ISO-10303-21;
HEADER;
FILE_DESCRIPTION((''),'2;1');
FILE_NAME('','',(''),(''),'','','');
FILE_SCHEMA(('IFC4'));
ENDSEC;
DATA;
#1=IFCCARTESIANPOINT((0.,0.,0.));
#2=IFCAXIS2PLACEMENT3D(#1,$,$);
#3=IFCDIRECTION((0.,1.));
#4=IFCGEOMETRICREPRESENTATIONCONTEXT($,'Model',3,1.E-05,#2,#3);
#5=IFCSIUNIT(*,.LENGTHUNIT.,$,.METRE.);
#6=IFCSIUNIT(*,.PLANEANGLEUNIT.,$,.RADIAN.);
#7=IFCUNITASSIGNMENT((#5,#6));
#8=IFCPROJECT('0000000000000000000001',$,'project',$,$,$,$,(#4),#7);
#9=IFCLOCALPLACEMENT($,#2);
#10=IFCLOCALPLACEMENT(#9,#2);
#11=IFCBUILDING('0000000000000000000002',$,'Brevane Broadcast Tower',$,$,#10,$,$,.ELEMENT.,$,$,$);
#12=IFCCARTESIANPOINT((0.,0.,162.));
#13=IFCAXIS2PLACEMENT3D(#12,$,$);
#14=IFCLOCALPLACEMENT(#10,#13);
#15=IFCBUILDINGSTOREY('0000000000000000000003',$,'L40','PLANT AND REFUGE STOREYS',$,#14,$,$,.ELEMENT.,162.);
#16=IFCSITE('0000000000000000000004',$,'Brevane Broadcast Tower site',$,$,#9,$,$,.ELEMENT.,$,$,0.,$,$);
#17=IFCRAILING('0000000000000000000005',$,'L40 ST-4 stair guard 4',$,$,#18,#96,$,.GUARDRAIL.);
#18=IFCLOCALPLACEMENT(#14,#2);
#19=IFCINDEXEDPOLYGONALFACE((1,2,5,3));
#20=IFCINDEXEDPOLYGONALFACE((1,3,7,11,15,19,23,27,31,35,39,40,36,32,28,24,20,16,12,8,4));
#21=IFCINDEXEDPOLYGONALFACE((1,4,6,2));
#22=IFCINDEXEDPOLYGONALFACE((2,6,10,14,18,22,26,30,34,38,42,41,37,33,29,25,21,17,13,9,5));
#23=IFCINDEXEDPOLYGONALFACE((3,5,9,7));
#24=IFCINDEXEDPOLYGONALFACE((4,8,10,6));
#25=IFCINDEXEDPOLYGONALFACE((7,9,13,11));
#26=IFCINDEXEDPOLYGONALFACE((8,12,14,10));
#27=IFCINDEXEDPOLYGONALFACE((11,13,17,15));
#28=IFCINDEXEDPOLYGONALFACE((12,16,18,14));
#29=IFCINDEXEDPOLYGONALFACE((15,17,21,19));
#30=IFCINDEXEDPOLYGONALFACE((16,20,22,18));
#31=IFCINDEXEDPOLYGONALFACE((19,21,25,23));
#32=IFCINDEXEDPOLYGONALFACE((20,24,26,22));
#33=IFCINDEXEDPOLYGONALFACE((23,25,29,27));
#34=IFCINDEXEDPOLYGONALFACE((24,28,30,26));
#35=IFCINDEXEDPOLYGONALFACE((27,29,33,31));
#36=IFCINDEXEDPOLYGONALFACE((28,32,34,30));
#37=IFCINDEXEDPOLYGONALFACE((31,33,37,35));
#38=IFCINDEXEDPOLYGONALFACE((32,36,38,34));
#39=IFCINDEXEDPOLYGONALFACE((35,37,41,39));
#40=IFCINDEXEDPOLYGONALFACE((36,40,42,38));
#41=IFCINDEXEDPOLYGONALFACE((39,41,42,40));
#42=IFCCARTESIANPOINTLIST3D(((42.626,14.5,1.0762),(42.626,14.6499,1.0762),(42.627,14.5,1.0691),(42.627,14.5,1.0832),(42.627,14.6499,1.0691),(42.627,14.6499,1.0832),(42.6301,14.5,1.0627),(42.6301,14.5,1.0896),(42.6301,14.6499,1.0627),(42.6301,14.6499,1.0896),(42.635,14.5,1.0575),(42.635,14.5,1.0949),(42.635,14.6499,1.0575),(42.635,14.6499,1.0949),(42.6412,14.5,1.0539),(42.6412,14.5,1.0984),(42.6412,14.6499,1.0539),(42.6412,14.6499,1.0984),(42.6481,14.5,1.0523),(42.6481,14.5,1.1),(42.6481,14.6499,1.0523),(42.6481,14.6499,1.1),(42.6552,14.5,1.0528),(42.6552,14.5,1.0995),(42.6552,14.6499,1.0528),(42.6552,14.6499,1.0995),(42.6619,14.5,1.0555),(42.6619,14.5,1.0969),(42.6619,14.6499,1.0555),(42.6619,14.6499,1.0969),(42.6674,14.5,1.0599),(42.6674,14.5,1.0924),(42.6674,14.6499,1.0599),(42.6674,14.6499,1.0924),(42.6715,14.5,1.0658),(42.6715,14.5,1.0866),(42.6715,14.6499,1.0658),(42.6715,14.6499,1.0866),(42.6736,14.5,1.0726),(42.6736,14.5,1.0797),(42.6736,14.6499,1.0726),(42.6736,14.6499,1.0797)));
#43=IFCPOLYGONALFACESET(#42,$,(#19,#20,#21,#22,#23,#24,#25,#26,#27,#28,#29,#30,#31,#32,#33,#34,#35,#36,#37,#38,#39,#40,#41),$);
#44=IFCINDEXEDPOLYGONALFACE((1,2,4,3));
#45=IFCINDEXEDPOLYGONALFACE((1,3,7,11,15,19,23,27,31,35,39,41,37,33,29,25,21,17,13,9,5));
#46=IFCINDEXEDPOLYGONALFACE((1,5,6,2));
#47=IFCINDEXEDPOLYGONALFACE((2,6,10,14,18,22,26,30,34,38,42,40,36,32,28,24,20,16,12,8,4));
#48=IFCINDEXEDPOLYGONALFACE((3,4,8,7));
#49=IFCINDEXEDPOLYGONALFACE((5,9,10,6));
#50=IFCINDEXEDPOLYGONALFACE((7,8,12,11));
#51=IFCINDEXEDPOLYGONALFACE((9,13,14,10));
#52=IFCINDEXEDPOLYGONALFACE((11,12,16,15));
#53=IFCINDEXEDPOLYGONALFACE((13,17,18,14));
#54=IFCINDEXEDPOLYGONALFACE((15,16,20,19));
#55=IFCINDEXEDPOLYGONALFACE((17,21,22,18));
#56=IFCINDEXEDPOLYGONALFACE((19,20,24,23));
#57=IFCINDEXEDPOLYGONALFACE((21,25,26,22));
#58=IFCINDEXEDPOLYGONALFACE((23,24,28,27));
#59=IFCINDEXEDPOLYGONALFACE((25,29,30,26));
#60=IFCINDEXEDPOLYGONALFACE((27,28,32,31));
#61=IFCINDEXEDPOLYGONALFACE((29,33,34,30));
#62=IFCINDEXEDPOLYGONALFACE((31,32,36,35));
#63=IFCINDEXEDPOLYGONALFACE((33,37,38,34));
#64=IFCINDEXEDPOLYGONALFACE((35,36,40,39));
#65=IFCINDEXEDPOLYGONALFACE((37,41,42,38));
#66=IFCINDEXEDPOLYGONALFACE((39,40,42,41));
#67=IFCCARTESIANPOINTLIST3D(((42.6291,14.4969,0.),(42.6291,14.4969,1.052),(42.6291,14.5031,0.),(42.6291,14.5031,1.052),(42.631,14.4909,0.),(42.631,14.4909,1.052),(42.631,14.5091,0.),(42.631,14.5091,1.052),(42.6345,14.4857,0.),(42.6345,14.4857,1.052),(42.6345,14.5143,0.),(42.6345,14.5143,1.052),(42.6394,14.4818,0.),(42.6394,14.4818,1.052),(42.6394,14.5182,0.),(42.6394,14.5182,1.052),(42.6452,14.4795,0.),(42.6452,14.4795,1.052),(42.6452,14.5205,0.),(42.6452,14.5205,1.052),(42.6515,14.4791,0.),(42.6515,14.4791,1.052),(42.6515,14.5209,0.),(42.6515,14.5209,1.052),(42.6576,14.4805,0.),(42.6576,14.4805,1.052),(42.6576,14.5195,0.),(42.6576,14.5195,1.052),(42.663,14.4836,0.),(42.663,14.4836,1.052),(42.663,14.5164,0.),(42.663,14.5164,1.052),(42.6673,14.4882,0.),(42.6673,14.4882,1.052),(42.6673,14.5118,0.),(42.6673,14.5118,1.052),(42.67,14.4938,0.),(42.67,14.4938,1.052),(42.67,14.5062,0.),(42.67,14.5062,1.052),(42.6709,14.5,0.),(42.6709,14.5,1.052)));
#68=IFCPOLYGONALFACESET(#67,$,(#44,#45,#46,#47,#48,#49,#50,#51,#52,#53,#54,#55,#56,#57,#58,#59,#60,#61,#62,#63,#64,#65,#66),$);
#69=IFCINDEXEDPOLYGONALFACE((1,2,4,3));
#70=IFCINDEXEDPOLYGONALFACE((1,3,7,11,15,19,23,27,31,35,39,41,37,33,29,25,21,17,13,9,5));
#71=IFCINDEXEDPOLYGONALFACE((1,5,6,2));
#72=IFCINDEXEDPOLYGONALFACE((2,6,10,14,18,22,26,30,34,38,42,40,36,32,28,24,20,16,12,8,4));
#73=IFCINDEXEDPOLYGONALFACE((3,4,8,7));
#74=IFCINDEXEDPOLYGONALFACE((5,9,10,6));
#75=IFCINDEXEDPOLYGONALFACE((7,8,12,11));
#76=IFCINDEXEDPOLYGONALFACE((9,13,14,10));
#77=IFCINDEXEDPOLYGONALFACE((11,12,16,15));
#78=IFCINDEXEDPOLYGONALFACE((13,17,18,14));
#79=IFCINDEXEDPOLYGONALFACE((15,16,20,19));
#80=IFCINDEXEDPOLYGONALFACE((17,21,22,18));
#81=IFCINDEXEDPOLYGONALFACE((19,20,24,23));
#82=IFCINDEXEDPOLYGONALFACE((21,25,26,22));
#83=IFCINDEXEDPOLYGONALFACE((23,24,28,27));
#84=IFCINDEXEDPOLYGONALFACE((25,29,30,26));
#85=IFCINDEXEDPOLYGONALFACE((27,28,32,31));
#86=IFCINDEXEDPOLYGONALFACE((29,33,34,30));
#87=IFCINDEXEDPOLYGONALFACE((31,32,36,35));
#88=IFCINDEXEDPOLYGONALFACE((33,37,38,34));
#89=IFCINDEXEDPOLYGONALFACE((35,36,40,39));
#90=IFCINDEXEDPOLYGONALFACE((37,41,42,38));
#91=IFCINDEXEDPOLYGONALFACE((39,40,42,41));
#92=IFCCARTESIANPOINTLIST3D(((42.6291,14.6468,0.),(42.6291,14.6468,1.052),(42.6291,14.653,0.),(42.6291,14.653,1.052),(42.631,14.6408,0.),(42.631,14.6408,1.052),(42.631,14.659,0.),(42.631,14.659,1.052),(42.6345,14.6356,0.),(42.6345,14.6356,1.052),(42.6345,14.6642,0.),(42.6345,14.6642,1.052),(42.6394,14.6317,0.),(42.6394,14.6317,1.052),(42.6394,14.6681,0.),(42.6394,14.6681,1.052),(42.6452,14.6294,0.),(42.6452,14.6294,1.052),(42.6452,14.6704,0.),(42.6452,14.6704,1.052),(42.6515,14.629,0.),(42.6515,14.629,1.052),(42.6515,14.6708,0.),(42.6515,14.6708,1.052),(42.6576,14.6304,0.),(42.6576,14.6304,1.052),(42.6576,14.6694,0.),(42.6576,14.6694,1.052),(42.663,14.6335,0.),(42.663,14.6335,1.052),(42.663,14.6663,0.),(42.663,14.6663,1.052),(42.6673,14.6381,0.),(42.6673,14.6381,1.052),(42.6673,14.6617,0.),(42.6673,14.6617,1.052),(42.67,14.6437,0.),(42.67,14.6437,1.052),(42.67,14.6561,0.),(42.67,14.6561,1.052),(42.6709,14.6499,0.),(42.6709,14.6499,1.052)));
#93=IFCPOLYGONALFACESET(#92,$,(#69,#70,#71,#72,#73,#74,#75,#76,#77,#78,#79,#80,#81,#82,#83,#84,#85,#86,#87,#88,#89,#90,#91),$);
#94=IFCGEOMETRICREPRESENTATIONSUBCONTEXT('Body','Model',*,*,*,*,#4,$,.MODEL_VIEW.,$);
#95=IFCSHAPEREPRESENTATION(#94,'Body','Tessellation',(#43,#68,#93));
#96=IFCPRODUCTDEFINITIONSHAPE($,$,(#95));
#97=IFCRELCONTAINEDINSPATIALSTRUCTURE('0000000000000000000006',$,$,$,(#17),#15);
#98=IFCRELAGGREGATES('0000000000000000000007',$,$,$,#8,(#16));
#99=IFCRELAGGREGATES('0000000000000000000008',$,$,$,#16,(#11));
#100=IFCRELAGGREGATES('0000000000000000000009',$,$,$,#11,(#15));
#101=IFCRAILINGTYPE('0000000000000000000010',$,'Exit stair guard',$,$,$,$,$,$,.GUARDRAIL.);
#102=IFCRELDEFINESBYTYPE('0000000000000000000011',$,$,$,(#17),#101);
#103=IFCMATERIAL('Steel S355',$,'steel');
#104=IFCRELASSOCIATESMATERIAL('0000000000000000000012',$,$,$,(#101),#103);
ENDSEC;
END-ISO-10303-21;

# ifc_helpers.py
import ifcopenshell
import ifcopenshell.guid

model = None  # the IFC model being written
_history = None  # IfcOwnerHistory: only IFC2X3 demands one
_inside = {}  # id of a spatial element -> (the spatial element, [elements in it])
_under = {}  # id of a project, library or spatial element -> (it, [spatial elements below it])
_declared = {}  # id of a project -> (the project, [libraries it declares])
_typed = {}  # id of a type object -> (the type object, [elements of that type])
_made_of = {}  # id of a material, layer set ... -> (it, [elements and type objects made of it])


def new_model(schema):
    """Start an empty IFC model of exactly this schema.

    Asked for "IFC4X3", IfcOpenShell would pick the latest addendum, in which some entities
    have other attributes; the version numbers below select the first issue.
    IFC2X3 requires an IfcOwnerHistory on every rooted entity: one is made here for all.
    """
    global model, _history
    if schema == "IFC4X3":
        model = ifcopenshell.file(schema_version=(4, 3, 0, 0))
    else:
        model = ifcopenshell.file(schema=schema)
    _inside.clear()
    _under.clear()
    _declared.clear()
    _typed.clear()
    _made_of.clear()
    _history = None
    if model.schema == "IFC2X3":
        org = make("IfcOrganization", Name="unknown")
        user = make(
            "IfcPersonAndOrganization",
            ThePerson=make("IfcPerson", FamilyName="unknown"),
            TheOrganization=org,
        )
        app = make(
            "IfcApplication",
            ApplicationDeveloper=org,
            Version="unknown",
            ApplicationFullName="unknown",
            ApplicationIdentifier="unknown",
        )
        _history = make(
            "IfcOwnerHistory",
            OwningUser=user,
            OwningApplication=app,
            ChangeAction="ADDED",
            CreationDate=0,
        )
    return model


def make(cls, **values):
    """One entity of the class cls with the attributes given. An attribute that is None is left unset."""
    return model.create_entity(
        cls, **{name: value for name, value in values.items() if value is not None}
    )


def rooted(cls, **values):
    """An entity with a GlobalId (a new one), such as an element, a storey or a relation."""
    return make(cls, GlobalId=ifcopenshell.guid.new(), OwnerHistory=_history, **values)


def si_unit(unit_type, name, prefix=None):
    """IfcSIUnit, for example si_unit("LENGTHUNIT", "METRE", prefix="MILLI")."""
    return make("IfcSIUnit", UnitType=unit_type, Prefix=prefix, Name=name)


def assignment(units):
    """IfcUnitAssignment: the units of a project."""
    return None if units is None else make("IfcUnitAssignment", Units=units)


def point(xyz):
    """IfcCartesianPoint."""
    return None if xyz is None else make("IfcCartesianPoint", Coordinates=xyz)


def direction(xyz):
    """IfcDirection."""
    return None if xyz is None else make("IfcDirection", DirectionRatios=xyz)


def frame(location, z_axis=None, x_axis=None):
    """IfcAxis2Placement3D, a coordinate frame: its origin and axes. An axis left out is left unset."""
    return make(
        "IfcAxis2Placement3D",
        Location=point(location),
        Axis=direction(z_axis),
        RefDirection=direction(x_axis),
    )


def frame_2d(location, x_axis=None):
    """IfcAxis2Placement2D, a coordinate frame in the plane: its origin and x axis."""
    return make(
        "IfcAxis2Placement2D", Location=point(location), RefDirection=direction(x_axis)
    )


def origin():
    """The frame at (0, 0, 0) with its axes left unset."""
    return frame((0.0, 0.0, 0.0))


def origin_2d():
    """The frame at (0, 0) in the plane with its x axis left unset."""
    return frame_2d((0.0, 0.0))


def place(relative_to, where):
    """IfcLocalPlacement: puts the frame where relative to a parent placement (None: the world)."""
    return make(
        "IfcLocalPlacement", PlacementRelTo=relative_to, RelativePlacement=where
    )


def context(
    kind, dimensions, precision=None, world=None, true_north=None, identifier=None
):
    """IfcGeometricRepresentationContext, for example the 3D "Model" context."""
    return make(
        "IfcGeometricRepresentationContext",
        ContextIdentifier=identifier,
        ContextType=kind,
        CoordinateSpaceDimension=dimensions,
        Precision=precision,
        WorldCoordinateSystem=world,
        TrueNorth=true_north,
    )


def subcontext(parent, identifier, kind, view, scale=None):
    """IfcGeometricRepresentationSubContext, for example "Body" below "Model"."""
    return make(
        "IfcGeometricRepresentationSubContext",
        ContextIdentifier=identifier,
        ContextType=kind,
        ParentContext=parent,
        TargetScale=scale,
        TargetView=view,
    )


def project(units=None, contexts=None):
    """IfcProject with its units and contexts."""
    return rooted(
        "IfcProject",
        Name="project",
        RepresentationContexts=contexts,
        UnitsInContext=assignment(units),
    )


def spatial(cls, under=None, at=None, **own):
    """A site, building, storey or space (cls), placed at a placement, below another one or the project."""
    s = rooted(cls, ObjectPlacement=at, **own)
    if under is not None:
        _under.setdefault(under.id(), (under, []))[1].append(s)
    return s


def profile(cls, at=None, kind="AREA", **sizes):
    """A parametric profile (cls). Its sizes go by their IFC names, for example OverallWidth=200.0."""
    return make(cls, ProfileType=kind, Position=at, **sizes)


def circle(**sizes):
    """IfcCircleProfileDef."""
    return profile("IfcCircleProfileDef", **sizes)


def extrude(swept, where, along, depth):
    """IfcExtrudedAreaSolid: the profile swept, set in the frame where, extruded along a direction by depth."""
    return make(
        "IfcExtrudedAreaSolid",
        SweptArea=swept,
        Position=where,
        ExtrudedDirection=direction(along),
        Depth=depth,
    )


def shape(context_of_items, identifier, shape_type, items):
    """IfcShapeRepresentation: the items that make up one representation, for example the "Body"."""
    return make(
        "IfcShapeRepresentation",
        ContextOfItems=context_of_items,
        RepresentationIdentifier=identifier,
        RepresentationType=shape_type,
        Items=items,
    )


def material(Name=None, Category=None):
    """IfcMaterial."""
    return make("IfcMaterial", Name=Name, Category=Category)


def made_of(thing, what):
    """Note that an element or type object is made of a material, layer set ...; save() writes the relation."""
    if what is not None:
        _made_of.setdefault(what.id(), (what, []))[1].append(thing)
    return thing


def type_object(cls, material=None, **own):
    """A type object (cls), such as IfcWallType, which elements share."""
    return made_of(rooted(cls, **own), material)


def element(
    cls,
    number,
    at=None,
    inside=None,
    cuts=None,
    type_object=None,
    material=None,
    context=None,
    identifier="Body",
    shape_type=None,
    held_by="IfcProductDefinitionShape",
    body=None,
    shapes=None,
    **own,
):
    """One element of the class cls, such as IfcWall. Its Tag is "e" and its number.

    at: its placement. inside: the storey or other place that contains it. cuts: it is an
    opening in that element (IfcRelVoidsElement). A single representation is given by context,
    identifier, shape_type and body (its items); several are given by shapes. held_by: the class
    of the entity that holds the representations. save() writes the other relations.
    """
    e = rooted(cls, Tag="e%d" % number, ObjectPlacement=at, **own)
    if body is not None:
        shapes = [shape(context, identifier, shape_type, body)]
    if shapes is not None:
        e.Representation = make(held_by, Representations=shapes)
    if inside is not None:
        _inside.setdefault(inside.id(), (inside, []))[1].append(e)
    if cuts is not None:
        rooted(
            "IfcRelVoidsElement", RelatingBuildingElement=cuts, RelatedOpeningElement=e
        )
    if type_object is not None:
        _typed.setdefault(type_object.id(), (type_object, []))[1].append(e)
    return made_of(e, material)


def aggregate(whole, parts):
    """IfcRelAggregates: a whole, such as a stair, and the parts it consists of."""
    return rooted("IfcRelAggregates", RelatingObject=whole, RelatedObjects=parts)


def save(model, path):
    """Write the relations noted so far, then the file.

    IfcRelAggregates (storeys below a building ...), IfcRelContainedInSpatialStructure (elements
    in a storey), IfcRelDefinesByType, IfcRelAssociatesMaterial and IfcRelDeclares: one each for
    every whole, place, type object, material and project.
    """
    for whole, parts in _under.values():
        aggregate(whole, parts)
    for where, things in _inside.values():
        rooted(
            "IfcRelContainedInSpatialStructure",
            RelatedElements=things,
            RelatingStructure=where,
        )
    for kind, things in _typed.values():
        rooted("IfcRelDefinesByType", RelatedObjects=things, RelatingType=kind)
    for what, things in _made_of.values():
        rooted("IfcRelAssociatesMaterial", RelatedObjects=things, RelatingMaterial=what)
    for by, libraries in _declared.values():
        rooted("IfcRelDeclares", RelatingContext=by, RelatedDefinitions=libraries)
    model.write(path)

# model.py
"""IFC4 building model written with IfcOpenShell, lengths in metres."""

from ifc_helpers import new_model, si_unit, direction, frame, origin, origin_2d, place, context, subcontext, project, spatial, circle, extrude, material, type_object, element, save


model = new_model("IFC4")

# Units and contexts
model_context = context("Model", 3, precision=1e-05, world=origin(), true_north=direction((0.0, 1.0)))
body_context = subcontext(model_context, "Body", "Model", "MODEL_VIEW")
ifc_project = project(units=[si_unit("LENGTHUNIT", "METRE"), si_unit("PLANEANGLEUNIT", "RADIAN")], contexts=[model_context])

# Site, building, storey
site_placement = place(None, origin())
site = spatial("IfcSite", under=ifc_project, at=site_placement, Name="Brevane Broadcast Tower site", CompositionType="ELEMENT", RefElevation=0.0)
building_placement = place(site_placement, origin())
building = spatial("IfcBuilding", under=site, at=building_placement, Name="Brevane Broadcast Tower", CompositionType="ELEMENT")
storey_placement = place(building_placement, frame((0.0, 0.0, 162.0)))
storey = spatial("IfcBuildingStorey", under=building, at=storey_placement, Name="L40", Description="PLANT AND REFUGE STOREYS", CompositionType="ELEMENT", Elevation=162.0)

# Shared definitions
ifc_material_1 = material(Name="Steel S355", Category="steel")

# Railing
railing_type_1 = type_object("IfcRailingType", Name="Exit stair guard", PredefinedType="GUARDRAIL", material=ifc_material_1)
railing_1_placement = place(storey_placement, frame((42.6499, 14.5, 0.0)))
element("IfcRailing", 1, at=railing_1_placement, inside=storey, type_object=railing_type_1, Name="L40 ST-4 stair guard 4", PredefinedType="GUARDRAIL", context=body_context, shape_type="SweptSolid", body=[
    extrude(circle(Radius=0.0239, at=origin_2d()), frame((0.0, 0.0, 1.0762), z_axis=(0.0, 1.0, 0.0), x_axis=(-1.0, 0.0, 0.0)), (0.0, 0.0, 1.0), 0.1499),
    extrude(circle(Radius=0.021, at=origin_2d()), origin(), (0.0, 0.0, 1.0), 1.052),
    extrude(circle(Radius=0.021, at=origin_2d()), frame((0.0, 0.1499, 0.0)), (0.0, 0.0, 1.0), 1.052),
])

save(model, "model.ifc")
